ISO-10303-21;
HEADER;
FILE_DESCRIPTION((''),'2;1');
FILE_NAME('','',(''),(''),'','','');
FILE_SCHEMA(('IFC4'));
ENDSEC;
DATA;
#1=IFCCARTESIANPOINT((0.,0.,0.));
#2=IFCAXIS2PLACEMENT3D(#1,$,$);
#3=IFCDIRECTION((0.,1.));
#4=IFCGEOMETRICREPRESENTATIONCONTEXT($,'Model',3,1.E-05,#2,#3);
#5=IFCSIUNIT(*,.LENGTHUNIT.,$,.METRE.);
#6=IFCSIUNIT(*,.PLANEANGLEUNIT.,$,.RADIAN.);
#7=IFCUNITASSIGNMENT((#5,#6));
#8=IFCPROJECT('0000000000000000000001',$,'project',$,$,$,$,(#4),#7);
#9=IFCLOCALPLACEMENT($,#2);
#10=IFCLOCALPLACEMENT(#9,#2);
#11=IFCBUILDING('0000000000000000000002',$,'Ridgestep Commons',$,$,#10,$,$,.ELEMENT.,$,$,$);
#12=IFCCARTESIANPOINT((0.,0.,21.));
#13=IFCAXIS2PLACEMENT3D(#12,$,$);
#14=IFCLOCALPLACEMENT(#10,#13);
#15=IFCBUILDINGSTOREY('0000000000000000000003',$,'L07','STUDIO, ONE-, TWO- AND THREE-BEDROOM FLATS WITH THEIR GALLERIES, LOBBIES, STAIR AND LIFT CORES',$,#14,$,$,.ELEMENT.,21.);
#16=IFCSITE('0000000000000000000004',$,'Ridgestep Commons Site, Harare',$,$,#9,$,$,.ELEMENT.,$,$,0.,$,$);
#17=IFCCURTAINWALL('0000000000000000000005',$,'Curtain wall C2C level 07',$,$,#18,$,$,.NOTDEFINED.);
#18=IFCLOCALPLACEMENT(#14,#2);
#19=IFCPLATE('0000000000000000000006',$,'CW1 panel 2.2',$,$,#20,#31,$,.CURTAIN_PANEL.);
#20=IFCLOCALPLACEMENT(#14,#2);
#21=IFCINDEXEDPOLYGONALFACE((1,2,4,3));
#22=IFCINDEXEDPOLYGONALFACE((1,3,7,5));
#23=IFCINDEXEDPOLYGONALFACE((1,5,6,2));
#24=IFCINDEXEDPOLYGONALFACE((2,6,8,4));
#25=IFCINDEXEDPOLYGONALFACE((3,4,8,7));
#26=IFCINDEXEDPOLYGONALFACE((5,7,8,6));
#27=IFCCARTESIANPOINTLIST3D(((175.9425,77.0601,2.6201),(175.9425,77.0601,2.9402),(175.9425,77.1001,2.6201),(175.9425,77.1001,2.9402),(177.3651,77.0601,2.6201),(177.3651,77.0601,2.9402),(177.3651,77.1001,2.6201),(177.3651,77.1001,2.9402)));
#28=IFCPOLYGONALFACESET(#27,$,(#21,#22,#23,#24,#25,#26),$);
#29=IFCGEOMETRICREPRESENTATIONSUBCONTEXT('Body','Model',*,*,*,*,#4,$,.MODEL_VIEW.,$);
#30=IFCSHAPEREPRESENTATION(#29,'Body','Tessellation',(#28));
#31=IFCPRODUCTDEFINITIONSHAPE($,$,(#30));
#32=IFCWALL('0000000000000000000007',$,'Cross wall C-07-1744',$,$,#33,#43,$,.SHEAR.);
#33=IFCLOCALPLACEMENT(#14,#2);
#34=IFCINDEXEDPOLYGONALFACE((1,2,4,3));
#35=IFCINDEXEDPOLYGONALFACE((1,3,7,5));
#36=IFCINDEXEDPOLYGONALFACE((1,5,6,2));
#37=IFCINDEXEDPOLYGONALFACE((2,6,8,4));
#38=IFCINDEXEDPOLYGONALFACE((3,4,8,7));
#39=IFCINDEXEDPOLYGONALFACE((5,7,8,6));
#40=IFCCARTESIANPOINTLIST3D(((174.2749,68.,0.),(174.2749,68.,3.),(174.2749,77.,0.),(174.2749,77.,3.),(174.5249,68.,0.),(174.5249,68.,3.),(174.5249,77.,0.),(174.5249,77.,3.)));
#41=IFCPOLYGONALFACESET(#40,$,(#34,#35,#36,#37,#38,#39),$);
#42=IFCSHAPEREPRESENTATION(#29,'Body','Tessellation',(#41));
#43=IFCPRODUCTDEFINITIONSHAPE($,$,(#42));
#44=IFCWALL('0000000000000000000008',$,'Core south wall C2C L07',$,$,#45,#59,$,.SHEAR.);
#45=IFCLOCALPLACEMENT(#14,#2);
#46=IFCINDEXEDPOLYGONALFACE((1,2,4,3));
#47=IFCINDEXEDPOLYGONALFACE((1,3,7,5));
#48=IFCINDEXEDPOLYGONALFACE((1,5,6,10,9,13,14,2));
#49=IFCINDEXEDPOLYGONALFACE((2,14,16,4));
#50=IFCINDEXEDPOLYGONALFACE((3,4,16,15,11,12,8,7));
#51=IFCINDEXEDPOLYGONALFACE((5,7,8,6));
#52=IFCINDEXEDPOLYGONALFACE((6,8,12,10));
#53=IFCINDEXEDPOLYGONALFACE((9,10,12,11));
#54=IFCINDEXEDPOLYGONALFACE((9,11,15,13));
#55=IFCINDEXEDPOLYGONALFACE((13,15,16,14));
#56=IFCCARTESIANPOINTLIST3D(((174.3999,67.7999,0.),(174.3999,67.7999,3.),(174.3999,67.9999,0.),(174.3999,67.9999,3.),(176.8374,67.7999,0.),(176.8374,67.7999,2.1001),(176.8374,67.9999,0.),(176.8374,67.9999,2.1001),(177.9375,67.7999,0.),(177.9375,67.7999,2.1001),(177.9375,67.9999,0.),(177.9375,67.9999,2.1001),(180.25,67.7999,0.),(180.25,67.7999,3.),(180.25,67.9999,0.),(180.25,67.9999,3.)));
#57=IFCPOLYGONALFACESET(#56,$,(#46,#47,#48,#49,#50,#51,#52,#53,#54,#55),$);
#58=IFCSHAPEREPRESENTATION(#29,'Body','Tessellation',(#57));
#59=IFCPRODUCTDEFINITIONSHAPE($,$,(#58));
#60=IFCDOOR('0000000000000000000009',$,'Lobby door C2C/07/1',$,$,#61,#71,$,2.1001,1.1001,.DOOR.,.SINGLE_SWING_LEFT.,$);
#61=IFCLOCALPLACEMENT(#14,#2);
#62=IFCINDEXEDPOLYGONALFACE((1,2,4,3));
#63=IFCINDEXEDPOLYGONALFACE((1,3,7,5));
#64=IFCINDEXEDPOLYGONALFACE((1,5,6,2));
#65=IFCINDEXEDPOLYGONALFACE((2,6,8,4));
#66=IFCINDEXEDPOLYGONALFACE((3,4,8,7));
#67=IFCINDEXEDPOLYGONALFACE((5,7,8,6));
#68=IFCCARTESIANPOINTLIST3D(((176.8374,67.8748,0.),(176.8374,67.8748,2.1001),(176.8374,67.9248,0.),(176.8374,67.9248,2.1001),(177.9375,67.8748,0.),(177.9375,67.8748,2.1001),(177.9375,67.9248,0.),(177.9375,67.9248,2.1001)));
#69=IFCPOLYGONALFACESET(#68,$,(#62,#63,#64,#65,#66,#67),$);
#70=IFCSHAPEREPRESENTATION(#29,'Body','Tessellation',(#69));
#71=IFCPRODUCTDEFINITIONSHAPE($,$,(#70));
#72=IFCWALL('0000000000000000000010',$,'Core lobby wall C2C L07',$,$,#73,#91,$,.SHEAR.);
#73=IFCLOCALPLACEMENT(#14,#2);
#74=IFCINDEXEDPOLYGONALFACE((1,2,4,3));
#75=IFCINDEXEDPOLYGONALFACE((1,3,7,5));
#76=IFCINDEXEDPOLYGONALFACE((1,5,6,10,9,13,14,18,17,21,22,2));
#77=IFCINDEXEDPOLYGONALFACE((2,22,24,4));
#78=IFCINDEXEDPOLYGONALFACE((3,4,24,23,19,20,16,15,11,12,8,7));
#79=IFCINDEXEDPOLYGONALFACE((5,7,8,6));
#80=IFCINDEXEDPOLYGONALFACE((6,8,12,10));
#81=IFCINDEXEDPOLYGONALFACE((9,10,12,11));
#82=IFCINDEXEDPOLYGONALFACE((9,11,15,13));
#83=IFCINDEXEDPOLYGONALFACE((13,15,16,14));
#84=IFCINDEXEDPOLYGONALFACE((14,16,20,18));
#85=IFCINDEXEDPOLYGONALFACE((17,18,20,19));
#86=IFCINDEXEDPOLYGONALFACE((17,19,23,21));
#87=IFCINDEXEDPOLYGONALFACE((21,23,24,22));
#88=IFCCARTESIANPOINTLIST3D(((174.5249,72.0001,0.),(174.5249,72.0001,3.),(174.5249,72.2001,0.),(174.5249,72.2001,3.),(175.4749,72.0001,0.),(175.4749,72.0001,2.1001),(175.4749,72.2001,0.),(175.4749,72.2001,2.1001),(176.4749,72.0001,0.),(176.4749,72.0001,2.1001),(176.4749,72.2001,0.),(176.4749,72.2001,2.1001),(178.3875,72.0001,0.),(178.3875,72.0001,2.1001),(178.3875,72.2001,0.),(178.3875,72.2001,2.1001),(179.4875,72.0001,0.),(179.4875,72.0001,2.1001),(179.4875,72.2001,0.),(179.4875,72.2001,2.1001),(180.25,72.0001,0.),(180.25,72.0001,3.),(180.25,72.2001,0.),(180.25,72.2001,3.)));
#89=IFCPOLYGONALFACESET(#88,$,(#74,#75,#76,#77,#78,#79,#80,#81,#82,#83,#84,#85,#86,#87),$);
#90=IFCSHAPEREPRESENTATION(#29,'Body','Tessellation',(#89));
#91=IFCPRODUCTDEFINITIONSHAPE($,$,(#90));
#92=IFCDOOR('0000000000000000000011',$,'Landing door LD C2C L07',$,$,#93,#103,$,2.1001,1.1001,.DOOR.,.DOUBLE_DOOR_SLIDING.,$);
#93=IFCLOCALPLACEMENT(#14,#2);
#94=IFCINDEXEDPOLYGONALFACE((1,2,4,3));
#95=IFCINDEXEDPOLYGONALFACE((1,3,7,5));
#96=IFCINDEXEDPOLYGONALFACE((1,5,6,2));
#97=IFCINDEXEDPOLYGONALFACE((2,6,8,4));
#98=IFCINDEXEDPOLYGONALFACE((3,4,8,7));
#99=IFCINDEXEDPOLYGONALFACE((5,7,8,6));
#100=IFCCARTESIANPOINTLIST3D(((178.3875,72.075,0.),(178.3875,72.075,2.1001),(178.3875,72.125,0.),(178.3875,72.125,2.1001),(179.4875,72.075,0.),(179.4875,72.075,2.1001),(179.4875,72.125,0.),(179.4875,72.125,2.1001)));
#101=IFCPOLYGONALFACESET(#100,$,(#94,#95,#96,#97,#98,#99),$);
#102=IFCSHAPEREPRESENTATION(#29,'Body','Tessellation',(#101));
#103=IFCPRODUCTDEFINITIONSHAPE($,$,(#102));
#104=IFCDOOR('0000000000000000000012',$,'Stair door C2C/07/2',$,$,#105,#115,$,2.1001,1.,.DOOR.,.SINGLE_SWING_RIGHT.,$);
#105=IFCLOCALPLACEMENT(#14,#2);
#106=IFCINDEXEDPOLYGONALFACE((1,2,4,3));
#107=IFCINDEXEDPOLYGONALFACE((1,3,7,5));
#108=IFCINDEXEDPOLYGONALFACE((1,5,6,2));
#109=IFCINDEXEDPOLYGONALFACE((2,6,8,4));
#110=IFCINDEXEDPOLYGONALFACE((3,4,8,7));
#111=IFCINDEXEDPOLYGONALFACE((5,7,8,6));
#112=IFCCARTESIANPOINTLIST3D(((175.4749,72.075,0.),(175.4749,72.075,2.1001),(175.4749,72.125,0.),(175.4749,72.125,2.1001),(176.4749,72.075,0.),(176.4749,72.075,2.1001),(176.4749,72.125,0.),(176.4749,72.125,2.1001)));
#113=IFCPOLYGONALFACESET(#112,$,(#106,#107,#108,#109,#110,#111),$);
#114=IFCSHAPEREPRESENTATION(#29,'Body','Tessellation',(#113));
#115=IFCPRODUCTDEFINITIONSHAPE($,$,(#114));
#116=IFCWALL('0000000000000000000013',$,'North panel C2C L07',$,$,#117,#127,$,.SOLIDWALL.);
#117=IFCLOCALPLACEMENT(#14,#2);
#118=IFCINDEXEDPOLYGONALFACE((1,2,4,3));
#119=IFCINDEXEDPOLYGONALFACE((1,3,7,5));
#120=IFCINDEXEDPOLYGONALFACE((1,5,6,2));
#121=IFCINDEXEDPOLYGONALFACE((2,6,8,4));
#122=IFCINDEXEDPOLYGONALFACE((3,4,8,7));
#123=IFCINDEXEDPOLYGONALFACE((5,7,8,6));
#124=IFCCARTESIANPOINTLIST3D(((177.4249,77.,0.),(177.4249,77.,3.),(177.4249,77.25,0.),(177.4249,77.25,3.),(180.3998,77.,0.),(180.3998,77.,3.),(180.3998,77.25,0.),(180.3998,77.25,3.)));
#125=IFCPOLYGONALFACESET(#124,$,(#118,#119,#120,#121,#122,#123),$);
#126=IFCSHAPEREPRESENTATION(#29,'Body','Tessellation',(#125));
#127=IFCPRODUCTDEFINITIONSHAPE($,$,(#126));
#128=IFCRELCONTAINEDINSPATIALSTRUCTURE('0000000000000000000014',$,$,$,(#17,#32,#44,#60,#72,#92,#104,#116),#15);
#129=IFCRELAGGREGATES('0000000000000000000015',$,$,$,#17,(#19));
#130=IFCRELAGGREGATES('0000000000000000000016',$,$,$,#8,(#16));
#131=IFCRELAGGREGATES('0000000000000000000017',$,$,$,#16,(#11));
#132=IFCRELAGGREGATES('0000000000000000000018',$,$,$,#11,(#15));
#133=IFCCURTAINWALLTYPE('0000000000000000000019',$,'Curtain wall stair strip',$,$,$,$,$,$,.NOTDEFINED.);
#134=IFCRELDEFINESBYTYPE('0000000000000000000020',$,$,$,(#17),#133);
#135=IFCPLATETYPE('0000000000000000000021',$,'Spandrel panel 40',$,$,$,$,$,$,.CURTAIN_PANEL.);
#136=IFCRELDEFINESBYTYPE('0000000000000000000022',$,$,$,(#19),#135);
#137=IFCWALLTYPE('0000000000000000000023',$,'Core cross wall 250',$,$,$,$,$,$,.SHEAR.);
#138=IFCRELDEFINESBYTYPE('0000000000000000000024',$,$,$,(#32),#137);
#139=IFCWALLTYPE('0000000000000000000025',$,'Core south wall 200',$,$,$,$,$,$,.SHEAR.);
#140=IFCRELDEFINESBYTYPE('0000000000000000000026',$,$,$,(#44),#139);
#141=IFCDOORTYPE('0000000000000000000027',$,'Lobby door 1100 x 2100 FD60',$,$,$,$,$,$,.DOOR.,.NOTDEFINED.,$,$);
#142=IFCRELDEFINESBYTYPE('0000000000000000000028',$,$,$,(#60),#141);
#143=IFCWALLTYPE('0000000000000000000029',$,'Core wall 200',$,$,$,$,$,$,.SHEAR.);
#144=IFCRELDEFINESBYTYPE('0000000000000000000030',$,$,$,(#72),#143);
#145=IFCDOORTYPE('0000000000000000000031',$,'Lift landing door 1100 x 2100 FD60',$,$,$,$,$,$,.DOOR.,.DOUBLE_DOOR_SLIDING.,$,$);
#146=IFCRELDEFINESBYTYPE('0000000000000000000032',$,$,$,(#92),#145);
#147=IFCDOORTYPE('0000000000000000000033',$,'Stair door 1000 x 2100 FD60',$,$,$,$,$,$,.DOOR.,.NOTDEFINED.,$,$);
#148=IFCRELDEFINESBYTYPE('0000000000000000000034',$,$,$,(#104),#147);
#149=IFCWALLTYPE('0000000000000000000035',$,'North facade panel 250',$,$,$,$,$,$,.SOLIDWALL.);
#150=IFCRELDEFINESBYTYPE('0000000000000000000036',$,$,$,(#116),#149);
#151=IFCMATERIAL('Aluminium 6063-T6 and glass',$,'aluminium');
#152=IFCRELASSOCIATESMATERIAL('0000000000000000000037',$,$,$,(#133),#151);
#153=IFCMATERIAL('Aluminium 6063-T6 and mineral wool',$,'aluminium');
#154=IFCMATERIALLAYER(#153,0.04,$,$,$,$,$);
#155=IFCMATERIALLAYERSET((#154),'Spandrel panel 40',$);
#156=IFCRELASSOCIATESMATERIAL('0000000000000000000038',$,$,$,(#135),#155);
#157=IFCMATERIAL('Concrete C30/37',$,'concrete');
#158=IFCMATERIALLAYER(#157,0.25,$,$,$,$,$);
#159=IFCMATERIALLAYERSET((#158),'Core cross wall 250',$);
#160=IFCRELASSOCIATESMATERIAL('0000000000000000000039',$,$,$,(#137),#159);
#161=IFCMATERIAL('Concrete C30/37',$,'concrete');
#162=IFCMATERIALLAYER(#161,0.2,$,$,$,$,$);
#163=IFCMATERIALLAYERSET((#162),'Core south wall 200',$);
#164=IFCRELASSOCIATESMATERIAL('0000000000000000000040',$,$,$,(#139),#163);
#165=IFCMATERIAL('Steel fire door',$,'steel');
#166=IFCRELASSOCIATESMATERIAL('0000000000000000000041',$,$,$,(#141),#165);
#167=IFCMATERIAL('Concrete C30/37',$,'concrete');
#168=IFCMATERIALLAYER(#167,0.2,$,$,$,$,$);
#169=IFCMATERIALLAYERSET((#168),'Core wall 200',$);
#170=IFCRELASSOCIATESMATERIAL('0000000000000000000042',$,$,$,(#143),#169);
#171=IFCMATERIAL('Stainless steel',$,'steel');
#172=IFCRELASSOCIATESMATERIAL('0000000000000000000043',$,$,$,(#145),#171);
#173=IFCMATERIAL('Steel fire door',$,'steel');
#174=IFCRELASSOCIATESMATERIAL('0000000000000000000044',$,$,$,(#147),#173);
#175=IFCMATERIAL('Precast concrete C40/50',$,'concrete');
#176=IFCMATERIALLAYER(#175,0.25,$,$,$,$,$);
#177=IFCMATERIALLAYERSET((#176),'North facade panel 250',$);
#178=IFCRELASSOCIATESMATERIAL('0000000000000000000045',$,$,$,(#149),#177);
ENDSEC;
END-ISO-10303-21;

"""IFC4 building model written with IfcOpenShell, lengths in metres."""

from ifc_helpers import new_model, si_unit, direction, frame, frame_2d, origin, origin_2d, place, context, subcontext, project, spatial, rectangle, extrude, material, layer, layer_set, type_object, element, fill, aggregate, save


model = new_model("IFC4")

# Units and contexts
model_context = context("Model", 3, precision=1e-05, world=origin(), true_north=direction((0.0, 1.0)))
body_context = subcontext(model_context, "Body", "Model", "MODEL_VIEW")
ifc_project = project(units=[si_unit("LENGTHUNIT", "METRE"), si_unit("PLANEANGLEUNIT", "RADIAN")], contexts=[model_context])

# Site, building, storey
site_placement = place(None, origin())
site = spatial("IfcSite", under=ifc_project, at=site_placement, Name="Ridgestep Commons Site, Harare", CompositionType="ELEMENT", RefElevation=0.0)
building_placement = place(site_placement, origin())
building = spatial("IfcBuilding", under=site, at=building_placement, Name="Ridgestep Commons", CompositionType="ELEMENT")
storey_placement = place(building_placement, frame((0.0, 0.0, 21.0)))
storey = spatial("IfcBuildingStorey", under=building, at=storey_placement, Name="L07", Description="STUDIO, ONE-, TWO- AND THREE-BEDROOM FLATS WITH THEIR GALLERIES, LOBBIES, STAIR AND LIFT CORES", CompositionType="ELEMENT", Elevation=21.0)

# Curtain wall, plate
ifc_material_1 = material(Name="Aluminium 6063-T6 and glass", Category="aluminium")
curtain_wall_type = type_object("IfcCurtainWallType", Name="Curtain wall stair strip", PredefinedType="NOTDEFINED", material=ifc_material_1)
curtain_wall_placement = place(storey_placement, origin())
curtain_wall = element("IfcCurtainWall", 1, at=curtain_wall_placement, inside=storey, type_object=curtain_wall_type, Name="Curtain wall C2C level 07", PredefinedType="NOTDEFINED")
ifc_material_2 = material(Name="Aluminium 6063-T6 and mineral wool", Category="aluminium")
ifc_layer_1 = layer(ifc_material_2, 0.04)
ifc_layer_set_1 = layer_set([ifc_layer_1], Name="Spandrel panel 40")
plate_type_1 = type_object("IfcPlateType", Name="Spandrel panel 40", PredefinedType="CURTAIN_PANEL", material=ifc_layer_set_1)
plate_1_placement = place(storey_placement, frame((176.6538, 77.0801, 2.6201), z_axis=(0.0, 0.0, 1.0), x_axis=(1.0, 0.0, 0.0)))
plate_1 = element("IfcPlate", 2, at=plate_1_placement, type_object=plate_type_1, Name="CW1 panel 2.2", PredefinedType="CURTAIN_PANEL", context=body_context, shape_type="SweptSolid", body=[
    extrude(rectangle(XDim=1.4226, YDim=0.04, at=origin_2d()), origin(), (0.0, 0.0, 1.0), 0.3201),
])
aggregate(curtain_wall, [plate_1])

# Wall
ifc_material_3 = material(Name="Concrete C30/37", Category="concrete")
ifc_layer_2 = layer(ifc_material_3, 0.25)
ifc_layer_set_2 = layer_set([ifc_layer_2], Name="Core cross wall 250")
wall_type_1 = type_object("IfcWallType", Name="Core cross wall 250", PredefinedType="SHEAR", material=ifc_layer_set_2)
wall_1_placement = place(storey_placement, frame((174.3999, 68.0, 0.0), z_axis=(0.0, 0.0, 1.0), x_axis=(0.0, 1.0, 0.0)))
element("IfcWall", 3, at=wall_1_placement, inside=storey, type_object=wall_type_1, Name="Cross wall C-07-1744", PredefinedType="SHEAR", context=body_context, shape_type="SweptSolid", body=[
    extrude(rectangle(XDim=9.0, YDim=0.25, at=frame_2d((4.5, 0.0))), origin(), (0.0, 0.0, 1.0), 3.0),
])

# Wall, opening, door
ifc_material_4 = material(Name="Concrete C30/37", Category="concrete")
ifc_layer_3 = layer(ifc_material_4, 0.2)
ifc_layer_set_3 = layer_set([ifc_layer_3], Name="Core south wall 200")
wall_type_2 = type_object("IfcWallType", Name="Core south wall 200", PredefinedType="SHEAR", material=ifc_layer_set_3)
wall_2_placement = place(storey_placement, frame((174.3999, 67.8999, 0.0), z_axis=(0.0, 0.0, 1.0), x_axis=(1.0, 0.0, 0.0)))
wall_2 = element("IfcWall", 4, at=wall_2_placement, inside=storey, type_object=wall_type_2, Name="Core south wall C2C L07", PredefinedType="SHEAR", context=body_context, shape_type="SweptSolid", body=[
    extrude(rectangle(XDim=5.8501, YDim=0.2, at=frame_2d((2.925, 0.0))), origin(), (0.0, 0.0, 1.0), 3.0),
])
opening_1_placement = place(wall_2_placement, frame((2.4375, 0.0, 0.0)))
opening_1 = element("IfcOpeningElement", 5, at=opening_1_placement, cuts=wall_2, PredefinedType="OPENING", context=body_context, shape_type="SweptSolid", body=[
    extrude(rectangle(XDim=1.1001, YDim=2.1001, at=frame_2d((0.55, 1.05))), frame((0.0, 0.1099, 0.0), z_axis=(0.0, -1.0, 0.0), x_axis=(1.0, 0.0, 0.0)), (0.0, 0.0, 1.0), 0.22),
])
ifc_material_5 = material(Name="Steel fire door", Category="steel")
door_type_1 = type_object("IfcDoorType", Name="Lobby door 1100 x 2100 FD60", OperationType="NOTDEFINED", PredefinedType="DOOR", material=ifc_material_5)
door_1_placement = place(opening_1_placement, origin())
door_1 = element("IfcDoor", 6, at=door_1_placement, inside=storey, type_object=door_type_1, Name="Lobby door C2C/07/1", OperationType="SINGLE_SWING_LEFT", OverallHeight=2.1001, OverallWidth=1.1001, PredefinedType="DOOR", context=body_context, shape_type="SweptSolid", body=[
    extrude(rectangle(XDim=1.1001, YDim=2.1001, at=frame_2d((0.55, 1.05))), frame((0.0, 0.0249, 0.0), z_axis=(0.0, -1.0, 0.0), x_axis=(1.0, 0.0, 0.0)), (0.0, 0.0, 1.0), 0.05),
])
fill(opening_1, door_1)

# Wall, openings, doors
ifc_material_6 = material(Name="Concrete C30/37", Category="concrete")
ifc_layer_4 = layer(ifc_material_6, 0.2)
ifc_layer_set_4 = layer_set([ifc_layer_4], Name="Core wall 200")
wall_type_3 = type_object("IfcWallType", Name="Core wall 200", PredefinedType="SHEAR", material=ifc_layer_set_4)
wall_3_placement = place(storey_placement, frame((174.5249, 72.1001, 0.0), z_axis=(0.0, 0.0, 1.0), x_axis=(1.0, 0.0, 0.0)))
wall_3 = element("IfcWall", 7, at=wall_3_placement, inside=storey, type_object=wall_type_3, Name="Core lobby wall C2C L07", PredefinedType="SHEAR", context=body_context, shape_type="SweptSolid", body=[
    extrude(rectangle(XDim=5.7251, YDim=0.2, at=frame_2d((2.8625, 0.0))), origin(), (0.0, 0.0, 1.0), 3.0),
])
opening_2_placement = place(wall_3_placement, frame((0.95, 0.0, 0.0)))
opening_2 = element("IfcOpeningElement", 8, at=opening_2_placement, cuts=wall_3, PredefinedType="OPENING", context=body_context, shape_type="SweptSolid", body=[
    extrude(rectangle(XDim=1.0, YDim=2.1001, at=frame_2d((0.5, 1.05))), frame((0.0, 0.1099, 0.0), z_axis=(0.0, -1.0, 0.0), x_axis=(1.0, 0.0, 0.0)), (0.0, 0.0, 1.0), 0.22),
])
opening_3_placement = place(wall_3_placement, frame((3.8625, 0.0, 0.0)))
opening_3 = element("IfcOpeningElement", 9, at=opening_3_placement, cuts=wall_3, PredefinedType="OPENING", context=body_context, shape_type="SweptSolid", body=[
    extrude(rectangle(XDim=1.1001, YDim=2.1001, at=frame_2d((0.55, 1.05))), frame((0.0, 0.1099, 0.0), z_axis=(0.0, -1.0, 0.0), x_axis=(1.0, 0.0, 0.0)), (0.0, 0.0, 1.0), 0.22),
])
ifc_material_7 = material(Name="Stainless steel", Category="steel")
door_type_2 = type_object("IfcDoorType", Name="Lift landing door 1100 x 2100 FD60", OperationType="DOUBLE_DOOR_SLIDING", PredefinedType="DOOR", material=ifc_material_7)
door_2_placement = place(opening_3_placement, origin())
door_2 = element("IfcDoor", 10, at=door_2_placement, inside=storey, type_object=door_type_2, Name="Landing door LD C2C L07", OperationType="DOUBLE_DOOR_SLIDING", OverallHeight=2.1001, OverallWidth=1.1001, PredefinedType="DOOR", context=body_context, shape_type="SweptSolid", body=[
    extrude(rectangle(XDim=1.1001, YDim=2.1001, at=frame_2d((0.55, 1.05))), frame((0.0, 0.0249, 0.0), z_axis=(0.0, -1.0, 0.0), x_axis=(1.0, 0.0, 0.0)), (0.0, 0.0, 1.0), 0.05),
])
fill(opening_3, door_2)
ifc_material_8 = material(Name="Steel fire door", Category="steel")
door_type_3 = type_object("IfcDoorType", Name="Stair door 1000 x 2100 FD60", OperationType="NOTDEFINED", PredefinedType="DOOR", material=ifc_material_8)
door_3_placement = place(opening_2_placement, origin())
door_3 = element("IfcDoor", 11, at=door_3_placement, inside=storey, type_object=door_type_3, Name="Stair door C2C/07/2", OperationType="SINGLE_SWING_RIGHT", OverallHeight=2.1001, OverallWidth=1.0, PredefinedType="DOOR", context=body_context, shape_type="SweptSolid", body=[
    extrude(rectangle(XDim=1.0, YDim=2.1001, at=frame_2d((0.5, 1.05))), frame((0.0, 0.0249, 0.0), z_axis=(0.0, -1.0, 0.0), x_axis=(1.0, 0.0, 0.0)), (0.0, 0.0, 1.0), 0.05),
])
fill(opening_2, door_3)

# Wall
ifc_material_9 = material(Name="Precast concrete C40/50", Category="concrete")
ifc_layer_5 = layer(ifc_material_9, 0.25)
ifc_layer_set_5 = layer_set([ifc_layer_5], Name="North facade panel 250")
wall_type_4 = type_object("IfcWallType", Name="North facade panel 250", PredefinedType="SOLIDWALL", material=ifc_layer_set_5)
wall_4_placement = place(storey_placement, frame((177.425, 77.125, 0.0), z_axis=(0.0, 0.0, 1.0), x_axis=(1.0, 0.0, 0.0)))
element("IfcWall", 12, at=wall_4_placement, inside=storey, type_object=wall_type_4, Name="North panel C2C L07", PredefinedType="SOLIDWALL", context=body_context, shape_type="SweptSolid", body=[
    extrude(rectangle(XDim=2.9749, YDim=0.25, at=frame_2d((1.4873, 0.0))), origin(), (0.0, 0.0, 1.0), 3.0),
])

save(model, "model.ifc")
